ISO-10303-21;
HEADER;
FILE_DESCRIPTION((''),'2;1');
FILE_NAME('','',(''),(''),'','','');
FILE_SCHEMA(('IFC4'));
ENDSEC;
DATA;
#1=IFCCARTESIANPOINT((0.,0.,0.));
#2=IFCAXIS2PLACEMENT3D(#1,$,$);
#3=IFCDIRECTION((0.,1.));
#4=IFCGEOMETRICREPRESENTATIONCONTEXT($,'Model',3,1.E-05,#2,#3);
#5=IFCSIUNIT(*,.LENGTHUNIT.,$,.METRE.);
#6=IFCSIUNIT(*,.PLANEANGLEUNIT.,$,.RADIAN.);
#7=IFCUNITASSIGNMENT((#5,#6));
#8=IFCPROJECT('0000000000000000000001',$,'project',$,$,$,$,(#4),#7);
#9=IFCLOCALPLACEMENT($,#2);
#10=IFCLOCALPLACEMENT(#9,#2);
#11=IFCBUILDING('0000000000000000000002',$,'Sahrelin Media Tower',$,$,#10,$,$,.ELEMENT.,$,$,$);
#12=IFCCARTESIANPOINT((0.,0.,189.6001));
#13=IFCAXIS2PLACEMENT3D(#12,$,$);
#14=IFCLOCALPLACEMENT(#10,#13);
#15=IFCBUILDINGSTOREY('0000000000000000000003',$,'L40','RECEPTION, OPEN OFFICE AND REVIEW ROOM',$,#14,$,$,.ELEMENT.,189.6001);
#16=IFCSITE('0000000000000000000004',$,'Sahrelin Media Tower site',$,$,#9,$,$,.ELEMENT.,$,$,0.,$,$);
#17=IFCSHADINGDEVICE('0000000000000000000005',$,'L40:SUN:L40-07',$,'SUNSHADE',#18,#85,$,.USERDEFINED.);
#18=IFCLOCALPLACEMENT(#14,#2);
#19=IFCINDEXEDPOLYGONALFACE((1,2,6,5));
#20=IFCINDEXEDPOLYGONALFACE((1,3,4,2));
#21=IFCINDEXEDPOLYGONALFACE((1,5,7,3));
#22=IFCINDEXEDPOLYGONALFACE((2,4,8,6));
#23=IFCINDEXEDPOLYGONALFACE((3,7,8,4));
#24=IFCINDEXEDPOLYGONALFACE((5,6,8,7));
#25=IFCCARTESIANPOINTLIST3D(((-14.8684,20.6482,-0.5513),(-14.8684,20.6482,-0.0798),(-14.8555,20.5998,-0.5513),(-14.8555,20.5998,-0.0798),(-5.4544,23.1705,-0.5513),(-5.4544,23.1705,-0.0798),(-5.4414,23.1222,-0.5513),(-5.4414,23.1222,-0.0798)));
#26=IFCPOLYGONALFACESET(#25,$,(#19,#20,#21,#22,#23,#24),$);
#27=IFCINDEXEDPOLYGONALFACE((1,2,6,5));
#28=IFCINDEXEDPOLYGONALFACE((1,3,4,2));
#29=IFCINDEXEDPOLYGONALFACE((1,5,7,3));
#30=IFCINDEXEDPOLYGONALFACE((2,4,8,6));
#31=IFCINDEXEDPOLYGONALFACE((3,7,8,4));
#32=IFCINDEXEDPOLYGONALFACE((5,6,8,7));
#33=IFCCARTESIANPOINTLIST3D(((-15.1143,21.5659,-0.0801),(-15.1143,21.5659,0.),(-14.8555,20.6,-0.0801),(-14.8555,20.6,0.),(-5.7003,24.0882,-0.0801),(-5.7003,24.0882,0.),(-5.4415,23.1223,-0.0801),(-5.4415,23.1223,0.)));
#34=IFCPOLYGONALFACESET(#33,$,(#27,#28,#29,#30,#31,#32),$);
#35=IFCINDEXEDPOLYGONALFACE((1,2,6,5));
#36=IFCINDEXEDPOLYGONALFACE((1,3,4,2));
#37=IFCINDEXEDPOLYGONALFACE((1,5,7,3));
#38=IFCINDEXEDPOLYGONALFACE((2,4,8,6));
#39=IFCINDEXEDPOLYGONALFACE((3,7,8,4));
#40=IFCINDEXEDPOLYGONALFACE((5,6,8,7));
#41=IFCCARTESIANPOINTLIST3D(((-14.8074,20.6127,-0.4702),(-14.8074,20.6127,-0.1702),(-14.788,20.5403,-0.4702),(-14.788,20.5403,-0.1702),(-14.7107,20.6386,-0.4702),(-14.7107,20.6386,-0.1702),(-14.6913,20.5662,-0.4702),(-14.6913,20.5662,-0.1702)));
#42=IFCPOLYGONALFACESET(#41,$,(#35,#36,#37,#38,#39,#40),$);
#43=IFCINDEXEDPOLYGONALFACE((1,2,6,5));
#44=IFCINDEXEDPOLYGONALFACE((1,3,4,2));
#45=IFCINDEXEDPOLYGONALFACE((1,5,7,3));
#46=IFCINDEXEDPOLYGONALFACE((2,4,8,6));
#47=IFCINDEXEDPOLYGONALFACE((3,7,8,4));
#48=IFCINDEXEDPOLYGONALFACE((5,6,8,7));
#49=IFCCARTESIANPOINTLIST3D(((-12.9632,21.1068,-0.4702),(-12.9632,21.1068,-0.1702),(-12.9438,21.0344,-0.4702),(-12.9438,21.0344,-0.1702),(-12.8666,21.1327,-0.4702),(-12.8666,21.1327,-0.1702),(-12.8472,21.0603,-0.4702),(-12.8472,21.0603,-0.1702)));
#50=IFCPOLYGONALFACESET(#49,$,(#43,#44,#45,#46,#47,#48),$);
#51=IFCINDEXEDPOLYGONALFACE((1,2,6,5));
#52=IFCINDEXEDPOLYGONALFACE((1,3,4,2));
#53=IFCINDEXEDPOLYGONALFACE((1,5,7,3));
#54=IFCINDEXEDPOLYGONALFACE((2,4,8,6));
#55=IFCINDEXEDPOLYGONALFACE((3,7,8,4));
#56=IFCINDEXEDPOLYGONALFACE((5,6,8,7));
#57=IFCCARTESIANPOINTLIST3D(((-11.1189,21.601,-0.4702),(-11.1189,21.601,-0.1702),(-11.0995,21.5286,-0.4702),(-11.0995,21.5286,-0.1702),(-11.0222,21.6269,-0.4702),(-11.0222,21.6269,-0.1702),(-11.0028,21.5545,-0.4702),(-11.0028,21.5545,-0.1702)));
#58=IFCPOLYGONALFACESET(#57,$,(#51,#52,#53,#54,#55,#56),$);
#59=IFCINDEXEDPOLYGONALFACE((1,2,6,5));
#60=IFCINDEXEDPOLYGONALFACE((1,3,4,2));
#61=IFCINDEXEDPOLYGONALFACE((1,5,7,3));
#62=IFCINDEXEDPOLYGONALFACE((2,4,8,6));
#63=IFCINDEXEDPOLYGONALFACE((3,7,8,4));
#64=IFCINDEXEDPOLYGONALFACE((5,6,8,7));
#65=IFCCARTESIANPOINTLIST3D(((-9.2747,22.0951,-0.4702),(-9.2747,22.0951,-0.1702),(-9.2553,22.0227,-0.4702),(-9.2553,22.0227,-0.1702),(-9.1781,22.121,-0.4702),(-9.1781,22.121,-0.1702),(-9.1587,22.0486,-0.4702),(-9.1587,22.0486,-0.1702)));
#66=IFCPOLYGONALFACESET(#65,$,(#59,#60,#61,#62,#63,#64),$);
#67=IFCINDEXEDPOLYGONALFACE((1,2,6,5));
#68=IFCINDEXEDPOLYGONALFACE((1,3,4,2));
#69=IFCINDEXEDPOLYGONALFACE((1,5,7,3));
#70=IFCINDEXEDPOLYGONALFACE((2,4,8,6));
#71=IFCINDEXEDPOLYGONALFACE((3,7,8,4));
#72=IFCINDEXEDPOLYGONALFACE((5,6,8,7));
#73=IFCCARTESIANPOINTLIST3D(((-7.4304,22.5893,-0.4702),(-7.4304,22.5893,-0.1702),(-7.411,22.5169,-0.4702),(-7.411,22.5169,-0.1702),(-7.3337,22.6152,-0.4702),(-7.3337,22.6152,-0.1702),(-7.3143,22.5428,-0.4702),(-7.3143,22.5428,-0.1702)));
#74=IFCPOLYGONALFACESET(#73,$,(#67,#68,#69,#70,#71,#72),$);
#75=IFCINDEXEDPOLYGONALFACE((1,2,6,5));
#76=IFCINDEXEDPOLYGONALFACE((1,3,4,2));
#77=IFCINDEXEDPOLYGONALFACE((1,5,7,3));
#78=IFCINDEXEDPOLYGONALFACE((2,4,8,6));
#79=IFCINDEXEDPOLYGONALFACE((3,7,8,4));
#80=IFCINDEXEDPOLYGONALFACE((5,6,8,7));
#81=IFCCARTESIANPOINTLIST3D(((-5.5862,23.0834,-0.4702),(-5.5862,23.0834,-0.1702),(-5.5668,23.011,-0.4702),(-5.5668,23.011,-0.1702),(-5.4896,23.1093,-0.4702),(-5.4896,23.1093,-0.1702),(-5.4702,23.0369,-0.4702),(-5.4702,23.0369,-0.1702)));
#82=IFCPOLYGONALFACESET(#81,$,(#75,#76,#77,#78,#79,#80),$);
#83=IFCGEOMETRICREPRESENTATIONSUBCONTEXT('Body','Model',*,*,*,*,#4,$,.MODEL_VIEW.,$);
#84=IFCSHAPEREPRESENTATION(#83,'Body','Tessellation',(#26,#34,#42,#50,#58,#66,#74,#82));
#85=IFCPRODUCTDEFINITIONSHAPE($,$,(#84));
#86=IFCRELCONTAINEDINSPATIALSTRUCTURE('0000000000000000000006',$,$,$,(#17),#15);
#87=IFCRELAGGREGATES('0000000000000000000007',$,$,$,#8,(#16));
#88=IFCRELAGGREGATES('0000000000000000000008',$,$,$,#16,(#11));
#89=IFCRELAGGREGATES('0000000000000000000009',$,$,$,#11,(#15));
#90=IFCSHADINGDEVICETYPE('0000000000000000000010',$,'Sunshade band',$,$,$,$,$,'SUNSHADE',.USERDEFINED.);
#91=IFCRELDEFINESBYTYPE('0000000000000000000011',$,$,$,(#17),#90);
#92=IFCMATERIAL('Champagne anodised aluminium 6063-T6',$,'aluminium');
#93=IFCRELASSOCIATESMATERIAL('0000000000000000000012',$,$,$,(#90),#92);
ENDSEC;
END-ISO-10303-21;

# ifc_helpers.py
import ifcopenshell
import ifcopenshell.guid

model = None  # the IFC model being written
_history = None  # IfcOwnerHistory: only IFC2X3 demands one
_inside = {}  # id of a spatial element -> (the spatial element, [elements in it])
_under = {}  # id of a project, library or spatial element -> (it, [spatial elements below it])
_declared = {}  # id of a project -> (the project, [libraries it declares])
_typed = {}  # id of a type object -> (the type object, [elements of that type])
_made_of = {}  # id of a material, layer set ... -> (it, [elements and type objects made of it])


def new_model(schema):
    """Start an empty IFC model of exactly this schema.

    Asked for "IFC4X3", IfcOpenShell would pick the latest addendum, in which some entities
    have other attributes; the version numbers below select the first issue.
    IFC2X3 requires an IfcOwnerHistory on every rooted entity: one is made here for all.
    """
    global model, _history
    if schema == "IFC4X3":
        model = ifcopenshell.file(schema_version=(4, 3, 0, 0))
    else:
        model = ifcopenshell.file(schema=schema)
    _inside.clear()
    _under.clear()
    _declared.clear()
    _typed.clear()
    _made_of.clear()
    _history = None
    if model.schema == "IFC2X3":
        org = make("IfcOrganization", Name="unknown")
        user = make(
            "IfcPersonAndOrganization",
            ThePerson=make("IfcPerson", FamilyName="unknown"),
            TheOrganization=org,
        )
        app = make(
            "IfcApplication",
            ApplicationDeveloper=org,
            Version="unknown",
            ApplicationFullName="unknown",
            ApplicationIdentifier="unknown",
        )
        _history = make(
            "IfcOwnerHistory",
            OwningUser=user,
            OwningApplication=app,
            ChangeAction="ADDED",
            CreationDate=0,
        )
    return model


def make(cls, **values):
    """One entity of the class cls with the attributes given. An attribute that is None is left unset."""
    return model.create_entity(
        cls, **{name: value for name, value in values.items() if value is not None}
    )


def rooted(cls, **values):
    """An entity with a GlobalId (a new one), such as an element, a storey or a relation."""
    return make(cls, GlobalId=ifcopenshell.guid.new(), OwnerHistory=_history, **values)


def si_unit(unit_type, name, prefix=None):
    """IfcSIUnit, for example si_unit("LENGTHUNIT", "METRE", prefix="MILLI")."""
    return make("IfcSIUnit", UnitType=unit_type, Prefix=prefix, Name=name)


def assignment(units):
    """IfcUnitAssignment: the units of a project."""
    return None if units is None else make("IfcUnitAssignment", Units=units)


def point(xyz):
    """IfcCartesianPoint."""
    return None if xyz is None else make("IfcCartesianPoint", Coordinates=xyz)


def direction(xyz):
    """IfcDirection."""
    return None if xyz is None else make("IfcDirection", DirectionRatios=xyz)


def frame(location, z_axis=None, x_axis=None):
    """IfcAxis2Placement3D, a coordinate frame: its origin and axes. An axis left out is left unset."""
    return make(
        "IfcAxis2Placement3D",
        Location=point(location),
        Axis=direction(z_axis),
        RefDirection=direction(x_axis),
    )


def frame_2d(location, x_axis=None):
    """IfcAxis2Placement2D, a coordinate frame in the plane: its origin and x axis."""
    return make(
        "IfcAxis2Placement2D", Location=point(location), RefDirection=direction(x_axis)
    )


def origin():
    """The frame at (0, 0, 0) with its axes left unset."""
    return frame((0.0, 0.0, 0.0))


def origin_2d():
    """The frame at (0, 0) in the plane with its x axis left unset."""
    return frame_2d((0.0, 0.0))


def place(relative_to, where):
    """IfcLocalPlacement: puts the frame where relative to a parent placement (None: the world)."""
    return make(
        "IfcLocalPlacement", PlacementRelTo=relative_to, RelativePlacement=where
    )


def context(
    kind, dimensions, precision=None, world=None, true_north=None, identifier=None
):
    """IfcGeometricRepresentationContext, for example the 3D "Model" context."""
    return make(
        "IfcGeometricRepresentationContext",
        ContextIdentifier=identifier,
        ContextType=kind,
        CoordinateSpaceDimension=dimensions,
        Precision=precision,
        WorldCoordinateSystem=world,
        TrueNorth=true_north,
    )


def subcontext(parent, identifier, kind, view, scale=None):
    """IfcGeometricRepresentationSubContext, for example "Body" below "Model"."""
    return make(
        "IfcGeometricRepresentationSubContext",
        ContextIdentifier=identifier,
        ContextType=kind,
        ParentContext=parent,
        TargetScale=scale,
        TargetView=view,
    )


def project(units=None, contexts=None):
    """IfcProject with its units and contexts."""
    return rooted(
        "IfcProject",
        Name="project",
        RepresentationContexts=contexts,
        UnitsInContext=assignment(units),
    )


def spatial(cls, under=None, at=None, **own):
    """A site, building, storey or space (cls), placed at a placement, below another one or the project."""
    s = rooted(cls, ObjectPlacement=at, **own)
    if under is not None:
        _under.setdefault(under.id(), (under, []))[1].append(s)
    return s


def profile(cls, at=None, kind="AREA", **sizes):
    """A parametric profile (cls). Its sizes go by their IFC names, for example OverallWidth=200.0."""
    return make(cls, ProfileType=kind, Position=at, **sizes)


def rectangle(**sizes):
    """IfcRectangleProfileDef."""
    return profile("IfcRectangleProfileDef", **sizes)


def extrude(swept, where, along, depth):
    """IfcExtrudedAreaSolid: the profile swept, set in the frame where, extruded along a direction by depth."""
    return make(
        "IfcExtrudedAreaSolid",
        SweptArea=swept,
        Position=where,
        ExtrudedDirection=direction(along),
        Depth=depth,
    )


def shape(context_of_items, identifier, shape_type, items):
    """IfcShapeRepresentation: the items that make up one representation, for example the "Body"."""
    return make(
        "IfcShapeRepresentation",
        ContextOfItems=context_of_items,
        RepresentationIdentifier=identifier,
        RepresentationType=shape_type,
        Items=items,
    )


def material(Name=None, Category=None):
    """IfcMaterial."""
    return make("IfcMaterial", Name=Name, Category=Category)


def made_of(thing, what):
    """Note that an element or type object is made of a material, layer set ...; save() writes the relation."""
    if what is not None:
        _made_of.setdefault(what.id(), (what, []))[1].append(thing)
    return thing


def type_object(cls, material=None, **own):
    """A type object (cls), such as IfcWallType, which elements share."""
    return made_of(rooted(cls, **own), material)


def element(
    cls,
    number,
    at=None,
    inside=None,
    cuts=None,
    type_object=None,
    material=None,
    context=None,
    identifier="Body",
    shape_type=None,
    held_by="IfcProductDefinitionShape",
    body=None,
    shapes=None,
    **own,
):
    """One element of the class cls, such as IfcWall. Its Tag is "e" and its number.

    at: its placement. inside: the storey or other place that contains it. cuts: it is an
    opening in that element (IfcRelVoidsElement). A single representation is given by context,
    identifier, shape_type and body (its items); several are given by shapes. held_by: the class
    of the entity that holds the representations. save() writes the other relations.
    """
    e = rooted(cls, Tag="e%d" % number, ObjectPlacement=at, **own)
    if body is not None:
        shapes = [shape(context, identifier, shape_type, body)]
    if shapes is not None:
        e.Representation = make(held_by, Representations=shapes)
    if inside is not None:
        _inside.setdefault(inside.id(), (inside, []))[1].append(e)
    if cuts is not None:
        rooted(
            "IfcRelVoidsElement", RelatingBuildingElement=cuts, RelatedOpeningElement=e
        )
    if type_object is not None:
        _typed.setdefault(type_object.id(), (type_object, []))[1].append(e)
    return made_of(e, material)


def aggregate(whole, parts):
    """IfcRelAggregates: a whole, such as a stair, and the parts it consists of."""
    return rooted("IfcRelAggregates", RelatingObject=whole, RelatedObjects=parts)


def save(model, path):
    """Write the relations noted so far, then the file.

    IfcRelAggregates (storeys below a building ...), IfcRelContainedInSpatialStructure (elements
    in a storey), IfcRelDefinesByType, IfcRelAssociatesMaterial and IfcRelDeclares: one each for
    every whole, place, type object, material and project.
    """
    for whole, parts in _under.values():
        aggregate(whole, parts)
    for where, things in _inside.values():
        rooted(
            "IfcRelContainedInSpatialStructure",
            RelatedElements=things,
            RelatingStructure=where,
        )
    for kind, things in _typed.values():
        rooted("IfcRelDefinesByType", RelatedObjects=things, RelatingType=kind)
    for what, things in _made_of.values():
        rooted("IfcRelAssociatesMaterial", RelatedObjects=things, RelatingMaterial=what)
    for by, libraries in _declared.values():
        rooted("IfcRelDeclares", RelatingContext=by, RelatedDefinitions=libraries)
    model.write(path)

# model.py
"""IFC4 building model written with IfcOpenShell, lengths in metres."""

from ifc_helpers import new_model, si_unit, direction, frame, origin, origin_2d, place, context, subcontext, project, spatial, rectangle, extrude, material, type_object, element, save


model = new_model("IFC4")

# Units and contexts
model_context = context("Model", 3, precision=1e-05, world=origin(), true_north=direction((0.0, 1.0)))
body_context = subcontext(model_context, "Body", "Model", "MODEL_VIEW")
ifc_project = project(units=[si_unit("LENGTHUNIT", "METRE"), si_unit("PLANEANGLEUNIT", "RADIAN")], contexts=[model_context])

# Site, building, storey
site_placement = place(None, origin())
site = spatial("IfcSite", under=ifc_project, at=site_placement, Name="Sahrelin Media Tower site", CompositionType="ELEMENT", RefElevation=0.0)
building_placement = place(site_placement, origin())
building = spatial("IfcBuilding", under=site, at=building_placement, Name="Sahrelin Media Tower", CompositionType="ELEMENT")
storey_placement = place(building_placement, frame((0.0, 0.0, 189.6001)))
storey = spatial("IfcBuildingStorey", under=building, at=storey_placement, Name="L40", Description="RECEPTION, OPEN OFFICE AND REVIEW ROOM", CompositionType="ELEMENT", Elevation=189.6001)

# Shared definitions
ifc_material_1 = material(Name="Champagne anodised aluminium 6063-T6", Category="aluminium")

# Shading device
placement = place(storey_placement, frame((-10.1433, 21.8418, 0.0), z_axis=(0.0, 0.0, 1.0), x_axis=(0.965929, 0.258808, 0.0)))
shading_device_type_1 = type_object("IfcShadingDeviceType", Name="Sunshade band", ElementType="SUNSHADE", PredefinedType="USERDEFINED", material=ifc_material_1)
element("IfcShadingDevice", 1, at=placement, inside=storey, type_object=shading_device_type_1, Name="L40:SUN:L40-07", ObjectType="SUNSHADE", PredefinedType="USERDEFINED", context=body_context, shape_type="SweptSolid", body=[
    extrude(rectangle(XDim=9.7461, YDim=0.05, at=origin_2d()), frame((0.0, 0.0449, -0.5513)), (0.0, 0.0, 1.0), 0.4714),
    extrude(rectangle(XDim=9.7461, YDim=1.0, at=origin_2d()), frame((0.0, 0.52, -0.0801)), (0.0, 0.0, 1.0), 0.0801),
    extrude(rectangle(XDim=0.1001, YDim=0.075, at=origin_2d()), frame((-4.7732, -0.0176, -0.4702)), (0.0, 0.0, 1.0), 0.3),
    extrude(rectangle(XDim=0.1001, YDim=0.075, at=origin_2d()), frame((-2.864, -0.0176, -0.4702)), (0.0, 0.0, 1.0), 0.3),
    extrude(rectangle(XDim=0.1001, YDim=0.075, at=origin_2d()), frame((-0.9546, -0.0176, -0.4702)), (0.0, 0.0, 1.0), 0.3),
    extrude(rectangle(XDim=0.1001, YDim=0.075, at=origin_2d()), frame((0.9546, -0.0176, -0.4702)), (0.0, 0.0, 1.0), 0.3),
    extrude(rectangle(XDim=0.1001, YDim=0.075, at=origin_2d()), frame((2.864, -0.0176, -0.4702)), (0.0, 0.0, 1.0), 0.3),
    extrude(rectangle(XDim=0.1001, YDim=0.075, at=origin_2d()), frame((4.7732, -0.0176, -0.4702)), (0.0, 0.0, 1.0), 0.3),
])

save(model, "model.ifc")
